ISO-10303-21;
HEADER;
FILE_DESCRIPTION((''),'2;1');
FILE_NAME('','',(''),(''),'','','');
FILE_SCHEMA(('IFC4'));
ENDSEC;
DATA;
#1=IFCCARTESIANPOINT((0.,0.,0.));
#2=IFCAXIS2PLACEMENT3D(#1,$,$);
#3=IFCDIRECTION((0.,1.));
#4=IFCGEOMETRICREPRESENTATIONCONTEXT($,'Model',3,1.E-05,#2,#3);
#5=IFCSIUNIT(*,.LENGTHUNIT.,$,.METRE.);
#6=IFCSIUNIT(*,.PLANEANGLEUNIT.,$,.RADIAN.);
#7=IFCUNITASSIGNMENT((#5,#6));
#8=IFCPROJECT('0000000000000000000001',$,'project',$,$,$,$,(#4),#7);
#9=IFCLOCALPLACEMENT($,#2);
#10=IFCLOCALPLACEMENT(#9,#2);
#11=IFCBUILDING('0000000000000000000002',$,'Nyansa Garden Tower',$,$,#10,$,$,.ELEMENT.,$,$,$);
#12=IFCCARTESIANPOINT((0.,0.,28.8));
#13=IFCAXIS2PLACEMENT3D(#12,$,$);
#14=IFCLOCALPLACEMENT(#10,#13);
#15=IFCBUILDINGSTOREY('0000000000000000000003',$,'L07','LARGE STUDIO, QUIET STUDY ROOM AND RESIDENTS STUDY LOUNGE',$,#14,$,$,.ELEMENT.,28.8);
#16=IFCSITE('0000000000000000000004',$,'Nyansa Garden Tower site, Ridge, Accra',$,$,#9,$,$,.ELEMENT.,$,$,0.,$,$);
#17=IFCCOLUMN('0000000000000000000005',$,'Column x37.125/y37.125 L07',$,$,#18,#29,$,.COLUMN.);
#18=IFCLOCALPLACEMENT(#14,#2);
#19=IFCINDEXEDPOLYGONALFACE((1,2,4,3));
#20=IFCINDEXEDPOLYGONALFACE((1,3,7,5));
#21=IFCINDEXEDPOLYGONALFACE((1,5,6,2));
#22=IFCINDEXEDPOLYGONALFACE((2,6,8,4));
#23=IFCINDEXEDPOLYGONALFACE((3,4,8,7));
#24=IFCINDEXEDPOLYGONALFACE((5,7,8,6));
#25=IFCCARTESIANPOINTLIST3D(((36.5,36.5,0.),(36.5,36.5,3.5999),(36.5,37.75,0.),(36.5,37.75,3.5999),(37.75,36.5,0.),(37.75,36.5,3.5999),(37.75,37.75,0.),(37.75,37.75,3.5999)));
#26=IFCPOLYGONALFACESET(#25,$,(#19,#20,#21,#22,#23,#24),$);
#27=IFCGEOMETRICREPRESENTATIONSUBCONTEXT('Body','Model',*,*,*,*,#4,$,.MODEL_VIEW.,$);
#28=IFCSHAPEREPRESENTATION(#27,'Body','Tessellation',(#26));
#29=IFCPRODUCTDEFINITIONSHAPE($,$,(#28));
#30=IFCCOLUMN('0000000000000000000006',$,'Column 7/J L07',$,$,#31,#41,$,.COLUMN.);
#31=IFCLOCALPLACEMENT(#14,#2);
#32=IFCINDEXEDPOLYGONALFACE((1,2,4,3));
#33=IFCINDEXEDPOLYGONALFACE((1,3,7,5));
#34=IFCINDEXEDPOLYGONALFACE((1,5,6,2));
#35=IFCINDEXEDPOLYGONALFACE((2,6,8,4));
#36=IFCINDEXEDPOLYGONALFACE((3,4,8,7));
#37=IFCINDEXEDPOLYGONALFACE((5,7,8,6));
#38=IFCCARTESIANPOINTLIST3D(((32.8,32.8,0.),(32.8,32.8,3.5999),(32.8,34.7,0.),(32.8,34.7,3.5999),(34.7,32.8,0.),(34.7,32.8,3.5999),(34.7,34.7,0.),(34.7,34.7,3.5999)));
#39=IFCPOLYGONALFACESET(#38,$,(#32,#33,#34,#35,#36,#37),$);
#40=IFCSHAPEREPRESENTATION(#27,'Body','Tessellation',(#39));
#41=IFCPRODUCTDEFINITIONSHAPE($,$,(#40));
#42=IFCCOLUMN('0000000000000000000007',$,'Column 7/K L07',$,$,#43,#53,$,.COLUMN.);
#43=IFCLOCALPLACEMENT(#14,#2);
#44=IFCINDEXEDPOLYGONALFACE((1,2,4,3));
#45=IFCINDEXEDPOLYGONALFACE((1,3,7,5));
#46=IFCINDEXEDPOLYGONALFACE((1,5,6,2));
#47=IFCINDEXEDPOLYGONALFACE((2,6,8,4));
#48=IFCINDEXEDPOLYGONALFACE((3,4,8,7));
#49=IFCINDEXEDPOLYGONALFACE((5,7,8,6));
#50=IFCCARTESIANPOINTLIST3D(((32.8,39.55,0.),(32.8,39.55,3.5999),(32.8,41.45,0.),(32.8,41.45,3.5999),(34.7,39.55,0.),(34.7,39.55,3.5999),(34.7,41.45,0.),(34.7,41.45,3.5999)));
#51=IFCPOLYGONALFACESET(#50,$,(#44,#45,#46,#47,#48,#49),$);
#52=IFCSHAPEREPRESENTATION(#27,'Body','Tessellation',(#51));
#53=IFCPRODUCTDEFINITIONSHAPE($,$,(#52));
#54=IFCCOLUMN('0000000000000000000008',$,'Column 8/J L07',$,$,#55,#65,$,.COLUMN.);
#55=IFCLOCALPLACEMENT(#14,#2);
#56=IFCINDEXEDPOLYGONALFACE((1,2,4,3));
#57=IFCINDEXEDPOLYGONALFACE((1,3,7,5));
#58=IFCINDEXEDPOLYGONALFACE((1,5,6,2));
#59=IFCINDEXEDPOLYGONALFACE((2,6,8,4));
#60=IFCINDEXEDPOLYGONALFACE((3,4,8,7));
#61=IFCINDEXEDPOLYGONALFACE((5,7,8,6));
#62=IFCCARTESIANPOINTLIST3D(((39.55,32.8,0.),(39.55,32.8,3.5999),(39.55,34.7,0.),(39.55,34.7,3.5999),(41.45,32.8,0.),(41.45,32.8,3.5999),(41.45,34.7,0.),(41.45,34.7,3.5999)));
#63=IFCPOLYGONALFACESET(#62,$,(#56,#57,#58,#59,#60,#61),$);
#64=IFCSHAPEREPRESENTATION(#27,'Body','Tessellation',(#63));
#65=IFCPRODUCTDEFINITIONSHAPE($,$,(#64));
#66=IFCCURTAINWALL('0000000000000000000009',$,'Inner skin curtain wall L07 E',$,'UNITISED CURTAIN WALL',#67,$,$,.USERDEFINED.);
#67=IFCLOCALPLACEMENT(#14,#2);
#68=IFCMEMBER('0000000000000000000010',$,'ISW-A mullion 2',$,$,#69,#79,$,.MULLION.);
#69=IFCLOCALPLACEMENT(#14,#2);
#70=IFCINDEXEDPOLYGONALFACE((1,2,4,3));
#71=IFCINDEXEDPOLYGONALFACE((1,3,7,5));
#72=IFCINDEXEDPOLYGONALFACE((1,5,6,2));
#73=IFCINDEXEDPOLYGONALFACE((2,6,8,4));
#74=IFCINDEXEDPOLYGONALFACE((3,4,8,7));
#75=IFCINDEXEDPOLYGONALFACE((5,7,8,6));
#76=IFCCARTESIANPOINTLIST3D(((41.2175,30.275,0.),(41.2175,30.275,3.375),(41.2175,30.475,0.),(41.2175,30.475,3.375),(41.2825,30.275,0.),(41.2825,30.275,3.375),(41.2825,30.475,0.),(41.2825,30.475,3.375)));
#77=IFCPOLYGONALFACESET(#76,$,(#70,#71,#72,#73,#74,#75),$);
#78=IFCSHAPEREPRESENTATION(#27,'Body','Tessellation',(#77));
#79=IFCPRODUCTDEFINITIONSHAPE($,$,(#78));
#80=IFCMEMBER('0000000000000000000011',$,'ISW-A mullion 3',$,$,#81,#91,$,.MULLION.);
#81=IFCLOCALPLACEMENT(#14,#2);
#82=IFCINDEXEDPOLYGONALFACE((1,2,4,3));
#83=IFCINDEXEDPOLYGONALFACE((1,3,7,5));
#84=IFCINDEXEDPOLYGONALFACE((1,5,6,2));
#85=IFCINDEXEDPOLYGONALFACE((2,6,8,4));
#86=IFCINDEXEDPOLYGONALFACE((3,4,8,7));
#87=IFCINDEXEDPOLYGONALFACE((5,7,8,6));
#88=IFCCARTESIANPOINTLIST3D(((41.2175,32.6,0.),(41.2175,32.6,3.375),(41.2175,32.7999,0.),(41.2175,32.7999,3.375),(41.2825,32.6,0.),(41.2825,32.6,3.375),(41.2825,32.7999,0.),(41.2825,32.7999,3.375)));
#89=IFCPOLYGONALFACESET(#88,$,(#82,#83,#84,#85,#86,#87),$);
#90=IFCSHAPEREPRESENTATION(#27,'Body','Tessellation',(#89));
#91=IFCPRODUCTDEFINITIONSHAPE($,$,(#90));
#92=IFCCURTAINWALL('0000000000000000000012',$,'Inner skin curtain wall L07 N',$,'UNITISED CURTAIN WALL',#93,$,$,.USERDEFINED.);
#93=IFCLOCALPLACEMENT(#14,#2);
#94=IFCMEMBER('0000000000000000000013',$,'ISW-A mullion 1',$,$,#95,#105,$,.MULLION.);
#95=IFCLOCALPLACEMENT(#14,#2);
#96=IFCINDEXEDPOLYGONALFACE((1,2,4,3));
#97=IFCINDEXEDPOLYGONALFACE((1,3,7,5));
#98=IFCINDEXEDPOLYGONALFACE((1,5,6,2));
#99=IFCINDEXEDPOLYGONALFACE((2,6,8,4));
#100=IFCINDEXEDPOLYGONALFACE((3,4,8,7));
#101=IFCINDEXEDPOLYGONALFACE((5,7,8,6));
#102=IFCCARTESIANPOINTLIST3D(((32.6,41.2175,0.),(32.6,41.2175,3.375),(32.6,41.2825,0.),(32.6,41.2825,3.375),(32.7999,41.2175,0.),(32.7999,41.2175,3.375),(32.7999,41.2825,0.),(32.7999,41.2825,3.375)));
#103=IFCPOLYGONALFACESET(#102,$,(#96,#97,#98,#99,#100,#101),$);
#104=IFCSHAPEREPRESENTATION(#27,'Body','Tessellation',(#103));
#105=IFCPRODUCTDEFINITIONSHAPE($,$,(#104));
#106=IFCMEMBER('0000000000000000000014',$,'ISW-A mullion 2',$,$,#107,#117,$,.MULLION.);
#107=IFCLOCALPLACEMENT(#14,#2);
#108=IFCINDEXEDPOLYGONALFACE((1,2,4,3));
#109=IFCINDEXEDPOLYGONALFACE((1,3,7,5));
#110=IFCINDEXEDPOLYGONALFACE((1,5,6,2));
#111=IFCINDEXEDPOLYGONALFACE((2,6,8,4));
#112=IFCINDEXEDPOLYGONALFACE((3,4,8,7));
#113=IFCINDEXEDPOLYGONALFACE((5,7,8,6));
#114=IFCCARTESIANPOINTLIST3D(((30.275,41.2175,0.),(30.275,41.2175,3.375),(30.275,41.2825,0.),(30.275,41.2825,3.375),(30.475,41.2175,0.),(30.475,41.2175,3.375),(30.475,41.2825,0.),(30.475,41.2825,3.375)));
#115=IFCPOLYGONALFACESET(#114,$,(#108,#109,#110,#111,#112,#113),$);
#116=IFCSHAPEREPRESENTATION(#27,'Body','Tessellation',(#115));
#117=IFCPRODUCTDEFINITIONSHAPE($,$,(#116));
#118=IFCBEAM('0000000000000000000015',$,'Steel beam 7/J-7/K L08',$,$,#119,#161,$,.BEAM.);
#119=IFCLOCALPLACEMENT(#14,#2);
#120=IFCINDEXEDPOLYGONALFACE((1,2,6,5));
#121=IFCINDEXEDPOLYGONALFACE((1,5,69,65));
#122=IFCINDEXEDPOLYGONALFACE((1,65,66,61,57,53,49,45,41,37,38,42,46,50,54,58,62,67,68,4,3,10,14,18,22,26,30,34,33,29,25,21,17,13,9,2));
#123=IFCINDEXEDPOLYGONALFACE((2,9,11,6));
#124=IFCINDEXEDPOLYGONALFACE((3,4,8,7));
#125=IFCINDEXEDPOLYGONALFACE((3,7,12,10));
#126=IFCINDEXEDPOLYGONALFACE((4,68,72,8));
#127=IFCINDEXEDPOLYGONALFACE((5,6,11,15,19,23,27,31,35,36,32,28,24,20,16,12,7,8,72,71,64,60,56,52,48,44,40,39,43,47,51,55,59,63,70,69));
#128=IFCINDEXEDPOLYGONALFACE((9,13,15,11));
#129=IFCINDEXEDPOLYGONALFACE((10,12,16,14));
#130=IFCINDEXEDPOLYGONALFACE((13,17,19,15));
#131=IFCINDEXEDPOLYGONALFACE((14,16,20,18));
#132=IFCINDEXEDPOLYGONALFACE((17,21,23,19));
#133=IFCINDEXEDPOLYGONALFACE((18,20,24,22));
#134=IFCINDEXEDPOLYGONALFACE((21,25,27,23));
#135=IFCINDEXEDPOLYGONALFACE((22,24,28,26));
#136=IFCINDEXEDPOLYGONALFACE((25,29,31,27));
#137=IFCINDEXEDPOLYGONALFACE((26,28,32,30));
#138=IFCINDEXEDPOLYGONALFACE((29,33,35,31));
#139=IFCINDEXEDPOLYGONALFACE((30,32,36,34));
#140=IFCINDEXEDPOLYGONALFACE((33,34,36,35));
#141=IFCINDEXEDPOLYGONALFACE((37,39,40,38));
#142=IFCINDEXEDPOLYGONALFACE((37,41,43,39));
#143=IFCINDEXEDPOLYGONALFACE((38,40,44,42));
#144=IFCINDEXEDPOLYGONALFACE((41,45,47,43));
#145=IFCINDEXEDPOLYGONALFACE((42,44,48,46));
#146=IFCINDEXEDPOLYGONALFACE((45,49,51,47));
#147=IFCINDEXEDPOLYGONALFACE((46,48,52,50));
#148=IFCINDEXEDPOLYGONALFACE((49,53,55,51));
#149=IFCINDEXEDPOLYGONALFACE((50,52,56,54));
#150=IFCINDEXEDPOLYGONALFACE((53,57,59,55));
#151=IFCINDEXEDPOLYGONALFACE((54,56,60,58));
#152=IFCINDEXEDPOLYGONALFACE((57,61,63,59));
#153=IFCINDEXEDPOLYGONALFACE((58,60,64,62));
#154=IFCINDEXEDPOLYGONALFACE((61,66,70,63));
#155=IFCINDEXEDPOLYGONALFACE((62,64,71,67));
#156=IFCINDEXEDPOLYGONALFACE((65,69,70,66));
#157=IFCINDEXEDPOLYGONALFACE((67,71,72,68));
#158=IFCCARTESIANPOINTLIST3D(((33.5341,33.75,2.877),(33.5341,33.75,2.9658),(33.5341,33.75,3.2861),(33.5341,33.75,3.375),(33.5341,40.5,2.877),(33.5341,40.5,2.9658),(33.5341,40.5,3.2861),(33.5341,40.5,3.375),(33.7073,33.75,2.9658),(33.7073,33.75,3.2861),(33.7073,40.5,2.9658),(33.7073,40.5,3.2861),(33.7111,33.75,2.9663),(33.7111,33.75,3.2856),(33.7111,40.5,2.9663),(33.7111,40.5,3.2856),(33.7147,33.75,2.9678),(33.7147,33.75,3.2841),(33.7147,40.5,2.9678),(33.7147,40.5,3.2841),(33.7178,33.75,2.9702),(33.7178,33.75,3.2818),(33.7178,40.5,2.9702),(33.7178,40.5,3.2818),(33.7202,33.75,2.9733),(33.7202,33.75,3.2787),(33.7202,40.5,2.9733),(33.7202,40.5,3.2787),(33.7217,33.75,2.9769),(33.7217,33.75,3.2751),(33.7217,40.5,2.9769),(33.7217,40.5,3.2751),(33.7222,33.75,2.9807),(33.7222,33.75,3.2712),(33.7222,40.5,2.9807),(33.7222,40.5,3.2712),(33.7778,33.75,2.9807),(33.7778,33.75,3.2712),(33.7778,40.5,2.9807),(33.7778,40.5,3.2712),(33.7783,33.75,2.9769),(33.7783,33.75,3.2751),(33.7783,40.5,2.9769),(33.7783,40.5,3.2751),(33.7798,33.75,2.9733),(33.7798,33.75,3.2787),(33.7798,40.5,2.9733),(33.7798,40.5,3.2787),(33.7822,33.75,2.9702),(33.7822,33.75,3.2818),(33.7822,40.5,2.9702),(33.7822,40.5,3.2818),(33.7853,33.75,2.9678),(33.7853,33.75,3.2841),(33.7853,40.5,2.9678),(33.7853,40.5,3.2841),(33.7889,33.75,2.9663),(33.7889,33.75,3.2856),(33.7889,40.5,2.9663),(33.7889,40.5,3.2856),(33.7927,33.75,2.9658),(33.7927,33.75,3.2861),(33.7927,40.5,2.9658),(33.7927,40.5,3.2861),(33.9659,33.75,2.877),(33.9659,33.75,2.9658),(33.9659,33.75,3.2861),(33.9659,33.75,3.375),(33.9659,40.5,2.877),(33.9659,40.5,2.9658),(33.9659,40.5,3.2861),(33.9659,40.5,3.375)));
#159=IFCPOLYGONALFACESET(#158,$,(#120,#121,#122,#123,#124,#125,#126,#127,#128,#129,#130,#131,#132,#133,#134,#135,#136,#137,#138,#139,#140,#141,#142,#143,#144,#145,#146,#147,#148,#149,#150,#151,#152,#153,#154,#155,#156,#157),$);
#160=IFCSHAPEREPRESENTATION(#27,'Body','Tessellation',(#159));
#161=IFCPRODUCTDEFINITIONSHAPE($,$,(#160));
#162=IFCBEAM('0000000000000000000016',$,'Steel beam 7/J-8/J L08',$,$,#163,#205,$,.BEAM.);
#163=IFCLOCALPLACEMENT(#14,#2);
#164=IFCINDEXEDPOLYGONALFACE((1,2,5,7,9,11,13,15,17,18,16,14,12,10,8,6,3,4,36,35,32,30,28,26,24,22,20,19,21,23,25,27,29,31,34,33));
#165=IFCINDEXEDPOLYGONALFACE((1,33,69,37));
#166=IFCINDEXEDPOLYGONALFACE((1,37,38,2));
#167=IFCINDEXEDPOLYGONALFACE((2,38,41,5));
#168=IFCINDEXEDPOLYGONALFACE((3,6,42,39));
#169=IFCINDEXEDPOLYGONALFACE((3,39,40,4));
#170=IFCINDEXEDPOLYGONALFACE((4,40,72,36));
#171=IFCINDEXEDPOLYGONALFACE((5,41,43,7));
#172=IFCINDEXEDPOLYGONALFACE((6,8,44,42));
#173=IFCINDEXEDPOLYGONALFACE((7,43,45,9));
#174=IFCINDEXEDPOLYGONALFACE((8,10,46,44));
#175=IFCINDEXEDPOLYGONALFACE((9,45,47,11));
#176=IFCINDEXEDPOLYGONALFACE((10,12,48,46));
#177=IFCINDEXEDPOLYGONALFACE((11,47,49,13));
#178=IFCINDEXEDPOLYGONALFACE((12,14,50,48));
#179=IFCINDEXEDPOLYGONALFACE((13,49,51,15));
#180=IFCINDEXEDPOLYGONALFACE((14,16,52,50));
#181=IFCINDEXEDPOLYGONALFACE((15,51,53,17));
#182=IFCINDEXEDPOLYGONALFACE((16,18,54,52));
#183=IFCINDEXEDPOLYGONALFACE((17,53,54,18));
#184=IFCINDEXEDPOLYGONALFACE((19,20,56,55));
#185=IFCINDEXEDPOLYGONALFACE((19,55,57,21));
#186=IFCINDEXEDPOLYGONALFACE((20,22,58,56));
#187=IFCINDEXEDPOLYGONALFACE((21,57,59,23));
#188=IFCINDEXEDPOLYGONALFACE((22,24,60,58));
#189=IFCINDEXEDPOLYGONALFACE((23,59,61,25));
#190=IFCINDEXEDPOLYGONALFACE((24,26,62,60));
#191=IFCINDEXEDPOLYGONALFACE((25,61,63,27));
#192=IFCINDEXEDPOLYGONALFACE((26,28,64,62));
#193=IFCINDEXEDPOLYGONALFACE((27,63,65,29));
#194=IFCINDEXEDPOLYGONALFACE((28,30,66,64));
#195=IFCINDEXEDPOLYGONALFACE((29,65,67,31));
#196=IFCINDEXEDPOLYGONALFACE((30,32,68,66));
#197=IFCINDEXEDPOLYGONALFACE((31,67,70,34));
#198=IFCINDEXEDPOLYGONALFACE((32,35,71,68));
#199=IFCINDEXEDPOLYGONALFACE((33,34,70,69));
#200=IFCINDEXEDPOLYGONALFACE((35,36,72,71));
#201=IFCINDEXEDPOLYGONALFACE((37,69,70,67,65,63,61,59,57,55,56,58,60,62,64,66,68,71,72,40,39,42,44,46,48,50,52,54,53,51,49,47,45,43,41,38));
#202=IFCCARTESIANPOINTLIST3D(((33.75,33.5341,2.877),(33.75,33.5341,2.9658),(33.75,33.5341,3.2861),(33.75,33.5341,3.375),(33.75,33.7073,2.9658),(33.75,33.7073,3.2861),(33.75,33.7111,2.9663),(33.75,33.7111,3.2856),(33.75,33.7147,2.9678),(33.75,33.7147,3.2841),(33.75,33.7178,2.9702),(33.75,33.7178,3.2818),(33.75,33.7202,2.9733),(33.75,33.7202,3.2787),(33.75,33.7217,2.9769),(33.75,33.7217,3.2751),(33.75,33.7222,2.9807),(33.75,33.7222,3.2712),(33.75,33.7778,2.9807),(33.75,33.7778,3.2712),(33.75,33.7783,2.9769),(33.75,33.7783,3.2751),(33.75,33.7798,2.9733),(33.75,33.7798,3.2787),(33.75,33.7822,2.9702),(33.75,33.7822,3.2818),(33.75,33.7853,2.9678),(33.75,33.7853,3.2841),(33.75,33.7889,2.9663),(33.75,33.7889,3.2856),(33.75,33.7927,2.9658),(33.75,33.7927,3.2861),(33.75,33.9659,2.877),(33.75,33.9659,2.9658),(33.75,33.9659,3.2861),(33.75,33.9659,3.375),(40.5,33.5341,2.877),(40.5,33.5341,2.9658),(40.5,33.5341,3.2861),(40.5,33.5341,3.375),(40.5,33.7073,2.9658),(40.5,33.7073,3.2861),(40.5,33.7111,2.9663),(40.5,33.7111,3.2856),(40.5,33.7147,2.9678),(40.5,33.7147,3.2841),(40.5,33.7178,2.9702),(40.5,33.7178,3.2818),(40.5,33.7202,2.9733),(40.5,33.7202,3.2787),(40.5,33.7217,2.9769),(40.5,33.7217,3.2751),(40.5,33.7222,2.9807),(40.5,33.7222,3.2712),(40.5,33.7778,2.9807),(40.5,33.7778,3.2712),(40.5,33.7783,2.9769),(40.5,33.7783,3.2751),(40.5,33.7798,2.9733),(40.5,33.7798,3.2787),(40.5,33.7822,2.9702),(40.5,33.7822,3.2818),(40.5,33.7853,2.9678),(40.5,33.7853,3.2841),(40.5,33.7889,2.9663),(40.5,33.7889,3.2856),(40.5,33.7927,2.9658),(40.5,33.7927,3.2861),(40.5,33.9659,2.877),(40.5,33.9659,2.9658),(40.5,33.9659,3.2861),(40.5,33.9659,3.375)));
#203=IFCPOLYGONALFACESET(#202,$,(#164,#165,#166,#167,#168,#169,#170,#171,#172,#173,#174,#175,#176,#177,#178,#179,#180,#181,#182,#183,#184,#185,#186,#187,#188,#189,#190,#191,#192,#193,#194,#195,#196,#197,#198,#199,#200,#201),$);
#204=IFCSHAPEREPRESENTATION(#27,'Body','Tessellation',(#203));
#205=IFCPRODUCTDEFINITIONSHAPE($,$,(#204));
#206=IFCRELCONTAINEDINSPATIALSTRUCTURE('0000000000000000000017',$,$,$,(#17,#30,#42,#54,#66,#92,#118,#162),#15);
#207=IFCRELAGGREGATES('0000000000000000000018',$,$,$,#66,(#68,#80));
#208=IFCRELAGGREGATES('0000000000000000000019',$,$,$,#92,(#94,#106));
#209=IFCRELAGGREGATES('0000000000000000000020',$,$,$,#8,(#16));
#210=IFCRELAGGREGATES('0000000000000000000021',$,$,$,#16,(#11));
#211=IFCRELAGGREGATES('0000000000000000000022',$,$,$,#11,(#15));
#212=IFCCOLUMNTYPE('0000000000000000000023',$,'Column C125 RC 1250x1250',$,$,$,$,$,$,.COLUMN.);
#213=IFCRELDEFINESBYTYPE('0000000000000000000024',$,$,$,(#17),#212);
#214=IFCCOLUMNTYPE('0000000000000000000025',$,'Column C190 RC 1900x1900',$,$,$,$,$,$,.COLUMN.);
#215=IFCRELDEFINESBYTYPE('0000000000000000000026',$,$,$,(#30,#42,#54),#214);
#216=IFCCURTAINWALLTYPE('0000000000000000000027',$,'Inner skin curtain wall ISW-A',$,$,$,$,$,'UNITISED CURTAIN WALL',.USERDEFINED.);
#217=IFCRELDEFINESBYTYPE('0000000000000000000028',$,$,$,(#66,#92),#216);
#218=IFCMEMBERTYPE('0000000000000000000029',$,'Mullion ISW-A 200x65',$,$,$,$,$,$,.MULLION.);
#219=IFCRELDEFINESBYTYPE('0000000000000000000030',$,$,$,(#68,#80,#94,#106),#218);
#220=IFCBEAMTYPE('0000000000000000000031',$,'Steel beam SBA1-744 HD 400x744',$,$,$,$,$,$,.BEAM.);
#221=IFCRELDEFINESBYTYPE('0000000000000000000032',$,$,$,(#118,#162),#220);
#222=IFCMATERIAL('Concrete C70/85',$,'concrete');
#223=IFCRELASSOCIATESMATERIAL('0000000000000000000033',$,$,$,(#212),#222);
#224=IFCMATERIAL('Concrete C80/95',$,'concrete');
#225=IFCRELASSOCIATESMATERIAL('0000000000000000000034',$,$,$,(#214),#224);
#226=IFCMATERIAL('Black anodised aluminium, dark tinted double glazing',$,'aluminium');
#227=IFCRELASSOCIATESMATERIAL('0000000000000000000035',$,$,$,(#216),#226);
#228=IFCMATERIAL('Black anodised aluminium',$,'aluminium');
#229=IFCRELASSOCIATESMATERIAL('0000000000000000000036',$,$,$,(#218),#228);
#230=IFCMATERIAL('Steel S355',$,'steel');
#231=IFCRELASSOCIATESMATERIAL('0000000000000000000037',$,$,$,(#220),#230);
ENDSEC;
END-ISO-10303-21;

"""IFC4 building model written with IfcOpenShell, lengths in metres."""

from ifc_helpers import new_model, si_unit, direction, frame, origin, origin_2d, place, context, subcontext, project, spatial, rectangle, i_section, extrude, material, material_profile, profile_set, type_object, element, aggregate, save


model = new_model("IFC4")

# Units and contexts
model_context = context("Model", 3, precision=1e-05, world=origin(), true_north=direction((0.0, 1.0)))
body_context = subcontext(model_context, "Body", "Model", "MODEL_VIEW")
ifc_project = project(units=[si_unit("LENGTHUNIT", "METRE"), si_unit("PLANEANGLEUNIT", "RADIAN")], contexts=[model_context])

# Site, building, storey
site_placement = place(None, origin())
site = spatial("IfcSite", under=ifc_project, at=site_placement, Name="Nyansa Garden Tower site, Ridge, Accra", CompositionType="ELEMENT", RefElevation=0.0)
building_placement = place(site_placement, origin())
building = spatial("IfcBuilding", under=site, at=building_placement, Name="Nyansa Garden Tower", CompositionType="ELEMENT")
storey_placement = place(building_placement, frame((0.0, 0.0, 28.8)))
storey = spatial("IfcBuildingStorey", under=building, at=storey_placement, Name="L07", Description="LARGE STUDIO, QUIET STUDY ROOM AND RESIDENTS STUDY LOUNGE", CompositionType="ELEMENT", Elevation=28.8)

# Columns
ifc_material_1 = material(Name="Concrete C70/85", Category="concrete")
ifc_material_profile_1 = material_profile(ifc_material_1, rectangle(XDim=1.25, YDim=1.25, at=origin_2d()), Name="RC 1250x1250")
ifc_profile_set_1 = profile_set([ifc_material_profile_1], Name="Concrete C70/85")
column_type_1 = type_object("IfcColumnType", Name="Column C125 RC 1250x1250", PredefinedType="COLUMN", material=ifc_profile_set_1)
column_placement = place(storey_placement, frame((37.125, 37.125, 0.0), z_axis=(0.0, 0.0, 1.0), x_axis=(1.0, 0.0, 0.0)))
element("IfcColumn", 1, at=column_placement, inside=storey, type_object=column_type_1, Name="Column x37.125/y37.125 L07", PredefinedType="COLUMN", context=body_context, shape_type="SweptSolid", body=[
    extrude(rectangle(XDim=1.25, YDim=1.25, at=origin_2d()), origin(), (0.0, 0.0, 1.0), 3.5999),
])
ifc_material_2 = material(Name="Concrete C80/95", Category="concrete")
ifc_material_profile_2 = material_profile(ifc_material_2, rectangle(XDim=1.8999, YDim=1.8999, at=origin_2d()), Name="RC 1900x1900")
ifc_profile_set_2 = profile_set([ifc_material_profile_2], Name="Concrete C80/95")
column_type_2 = type_object("IfcColumnType", Name="Column C190 RC 1900x1900", PredefinedType="COLUMN", material=ifc_profile_set_2)
for number, where, z_axis, x_axis, name in (
    (2, (33.75, 33.75, 0.0), (0.0, 0.0, 1.0), (1.0, 0.0, 0.0), "Column 7/J L07"),
    (3, (33.75, 40.5, 0.0), (0.0, 0.0, 1.0), (1.0, 0.0, 0.0), "Column 7/K L07"),
    (4, (40.5, 33.75, 0.0), (0.0, 0.0, 1.0), (1.0, 0.0, 0.0), "Column 8/J L07"),
):
    element("IfcColumn", number, at=place(storey_placement, frame(where, z_axis=z_axis, x_axis=x_axis)), inside=storey, type_object=column_type_2, Name=name, PredefinedType="COLUMN", context=body_context, shape_type="SweptSolid", body=[
        extrude(rectangle(XDim=1.8999, YDim=1.8999, at=origin_2d()), origin(), (0.0, 0.0, 1.0), 3.5999),
    ])

# Curtain walls, members
ifc_material_3 = material(Name="Black anodised aluminium, dark tinted double glazing", Category="aluminium")
curtain_wall_type = type_object("IfcCurtainWallType", Name="Inner skin curtain wall ISW-A", ElementType="UNITISED CURTAIN WALL", PredefinedType="USERDEFINED", material=ifc_material_3)
curtain_wall_1_placement = place(storey_placement, origin())
curtain_wall_1 = element("IfcCurtainWall", 5, at=curtain_wall_1_placement, inside=storey, type_object=curtain_wall_type, Name="Inner skin curtain wall L07 E", ObjectType="UNITISED CURTAIN WALL", PredefinedType="USERDEFINED")
ifc_material_4 = material(Name="Black anodised aluminium", Category="aluminium")
ifc_material_profile_3 = material_profile(ifc_material_4, rectangle(XDim=0.0649, YDim=0.2, at=origin_2d()), Name="Mullion 200x65")
ifc_profile_set_3 = profile_set([ifc_material_profile_3], Name="Black anodised aluminium")
member_type_1 = type_object("IfcMemberType", Name="Mullion ISW-A 200x65", PredefinedType="MULLION", material=ifc_profile_set_3)
member_1_placement = place(storey_placement, frame((41.25, 30.375, 0.0), z_axis=(0.0, 0.0, 1.0), x_axis=(-1.0, 0.0, 0.0)))
member_1 = element("IfcMember", 6, at=member_1_placement, type_object=member_type_1, Name="ISW-A mullion 2", PredefinedType="MULLION", context=body_context, shape_type="SweptSolid", body=[
    extrude(rectangle(XDim=0.0649, YDim=0.2, at=origin_2d()), origin(), (0.0, 0.0, 1.0), 3.375),
])
member_2_placement = place(storey_placement, frame((41.25, 32.7, 0.0), z_axis=(0.0, 0.0, 1.0), x_axis=(-1.0, 0.0, 0.0)))
member_2 = element("IfcMember", 7, at=member_2_placement, type_object=member_type_1, Name="ISW-A mullion 3", PredefinedType="MULLION", context=body_context, shape_type="SweptSolid", body=[
    extrude(rectangle(XDim=0.0649, YDim=0.2, at=origin_2d()), origin(), (0.0, 0.0, 1.0), 3.375),
])
curtain_wall_2_placement = place(storey_placement, origin())
curtain_wall_2 = element("IfcCurtainWall", 8, at=curtain_wall_2_placement, inside=storey, type_object=curtain_wall_type, Name="Inner skin curtain wall L07 N", ObjectType="UNITISED CURTAIN WALL", PredefinedType="USERDEFINED")
member_3_placement = place(storey_placement, frame((32.7, 41.25, 0.0), z_axis=(0.0, 0.0, 1.0), x_axis=(0.0, -1.0, 0.0)))
member_3 = element("IfcMember", 9, at=member_3_placement, type_object=member_type_1, Name="ISW-A mullion 1", PredefinedType="MULLION", context=body_context, shape_type="SweptSolid", body=[
    extrude(rectangle(XDim=0.0649, YDim=0.2, at=origin_2d()), origin(), (0.0, 0.0, 1.0), 3.375),
])
member_4_placement = place(storey_placement, frame((30.375, 41.25, 0.0), z_axis=(0.0, 0.0, 1.0), x_axis=(0.0, -1.0, 0.0)))
member_4 = element("IfcMember", 10, at=member_4_placement, type_object=member_type_1, Name="ISW-A mullion 2", PredefinedType="MULLION", context=body_context, shape_type="SweptSolid", body=[
    extrude(rectangle(XDim=0.0649, YDim=0.2, at=origin_2d()), origin(), (0.0, 0.0, 1.0), 3.375),
])

# Beams
ifc_material_5 = material(Name="Steel S355", Category="steel")
ifc_material_profile_4 = material_profile(ifc_material_5, i_section(OverallWidth=0.4319, OverallDepth=0.498, WebThickness=0.0557, FlangeThickness=0.0889, FilletRadius=0.0149, at=origin_2d()), Name="HD 400x744")
ifc_profile_set_4 = profile_set([ifc_material_profile_4], Name="Steel S355")
beam_type_1 = type_object("IfcBeamType", Name="Steel beam SBA1-744 HD 400x744", PredefinedType="BEAM", material=ifc_profile_set_4)
for number, where, z_axis, x_axis, name in (
    (11, (33.75, 33.75, 3.126), (0.0, 1.0, 0.0), (-1.0, 0.0, 0.0), "Steel beam 7/J-7/K L08"),
    (12, (33.75, 33.75, 3.126), (1.0, 0.0, 0.0), (0.0, 1.0, 0.0), "Steel beam 7/J-8/J L08"),
):
    element("IfcBeam", number, at=place(storey_placement, frame(where, z_axis=z_axis, x_axis=x_axis)), inside=storey, type_object=beam_type_1, Name=name, PredefinedType="BEAM", context=body_context, shape_type="SweptSolid", body=[
        extrude(i_section(OverallWidth=0.4319, OverallDepth=0.498, WebThickness=0.0557, FlangeThickness=0.0889, FilletRadius=0.0149, at=origin_2d()), origin(), (0.0, 0.0, 1.0), 6.75),
    ])

aggregate(curtain_wall_1, [member_1, member_2])
aggregate(curtain_wall_2, [member_3, member_4])

save(model, "model.ifc")
